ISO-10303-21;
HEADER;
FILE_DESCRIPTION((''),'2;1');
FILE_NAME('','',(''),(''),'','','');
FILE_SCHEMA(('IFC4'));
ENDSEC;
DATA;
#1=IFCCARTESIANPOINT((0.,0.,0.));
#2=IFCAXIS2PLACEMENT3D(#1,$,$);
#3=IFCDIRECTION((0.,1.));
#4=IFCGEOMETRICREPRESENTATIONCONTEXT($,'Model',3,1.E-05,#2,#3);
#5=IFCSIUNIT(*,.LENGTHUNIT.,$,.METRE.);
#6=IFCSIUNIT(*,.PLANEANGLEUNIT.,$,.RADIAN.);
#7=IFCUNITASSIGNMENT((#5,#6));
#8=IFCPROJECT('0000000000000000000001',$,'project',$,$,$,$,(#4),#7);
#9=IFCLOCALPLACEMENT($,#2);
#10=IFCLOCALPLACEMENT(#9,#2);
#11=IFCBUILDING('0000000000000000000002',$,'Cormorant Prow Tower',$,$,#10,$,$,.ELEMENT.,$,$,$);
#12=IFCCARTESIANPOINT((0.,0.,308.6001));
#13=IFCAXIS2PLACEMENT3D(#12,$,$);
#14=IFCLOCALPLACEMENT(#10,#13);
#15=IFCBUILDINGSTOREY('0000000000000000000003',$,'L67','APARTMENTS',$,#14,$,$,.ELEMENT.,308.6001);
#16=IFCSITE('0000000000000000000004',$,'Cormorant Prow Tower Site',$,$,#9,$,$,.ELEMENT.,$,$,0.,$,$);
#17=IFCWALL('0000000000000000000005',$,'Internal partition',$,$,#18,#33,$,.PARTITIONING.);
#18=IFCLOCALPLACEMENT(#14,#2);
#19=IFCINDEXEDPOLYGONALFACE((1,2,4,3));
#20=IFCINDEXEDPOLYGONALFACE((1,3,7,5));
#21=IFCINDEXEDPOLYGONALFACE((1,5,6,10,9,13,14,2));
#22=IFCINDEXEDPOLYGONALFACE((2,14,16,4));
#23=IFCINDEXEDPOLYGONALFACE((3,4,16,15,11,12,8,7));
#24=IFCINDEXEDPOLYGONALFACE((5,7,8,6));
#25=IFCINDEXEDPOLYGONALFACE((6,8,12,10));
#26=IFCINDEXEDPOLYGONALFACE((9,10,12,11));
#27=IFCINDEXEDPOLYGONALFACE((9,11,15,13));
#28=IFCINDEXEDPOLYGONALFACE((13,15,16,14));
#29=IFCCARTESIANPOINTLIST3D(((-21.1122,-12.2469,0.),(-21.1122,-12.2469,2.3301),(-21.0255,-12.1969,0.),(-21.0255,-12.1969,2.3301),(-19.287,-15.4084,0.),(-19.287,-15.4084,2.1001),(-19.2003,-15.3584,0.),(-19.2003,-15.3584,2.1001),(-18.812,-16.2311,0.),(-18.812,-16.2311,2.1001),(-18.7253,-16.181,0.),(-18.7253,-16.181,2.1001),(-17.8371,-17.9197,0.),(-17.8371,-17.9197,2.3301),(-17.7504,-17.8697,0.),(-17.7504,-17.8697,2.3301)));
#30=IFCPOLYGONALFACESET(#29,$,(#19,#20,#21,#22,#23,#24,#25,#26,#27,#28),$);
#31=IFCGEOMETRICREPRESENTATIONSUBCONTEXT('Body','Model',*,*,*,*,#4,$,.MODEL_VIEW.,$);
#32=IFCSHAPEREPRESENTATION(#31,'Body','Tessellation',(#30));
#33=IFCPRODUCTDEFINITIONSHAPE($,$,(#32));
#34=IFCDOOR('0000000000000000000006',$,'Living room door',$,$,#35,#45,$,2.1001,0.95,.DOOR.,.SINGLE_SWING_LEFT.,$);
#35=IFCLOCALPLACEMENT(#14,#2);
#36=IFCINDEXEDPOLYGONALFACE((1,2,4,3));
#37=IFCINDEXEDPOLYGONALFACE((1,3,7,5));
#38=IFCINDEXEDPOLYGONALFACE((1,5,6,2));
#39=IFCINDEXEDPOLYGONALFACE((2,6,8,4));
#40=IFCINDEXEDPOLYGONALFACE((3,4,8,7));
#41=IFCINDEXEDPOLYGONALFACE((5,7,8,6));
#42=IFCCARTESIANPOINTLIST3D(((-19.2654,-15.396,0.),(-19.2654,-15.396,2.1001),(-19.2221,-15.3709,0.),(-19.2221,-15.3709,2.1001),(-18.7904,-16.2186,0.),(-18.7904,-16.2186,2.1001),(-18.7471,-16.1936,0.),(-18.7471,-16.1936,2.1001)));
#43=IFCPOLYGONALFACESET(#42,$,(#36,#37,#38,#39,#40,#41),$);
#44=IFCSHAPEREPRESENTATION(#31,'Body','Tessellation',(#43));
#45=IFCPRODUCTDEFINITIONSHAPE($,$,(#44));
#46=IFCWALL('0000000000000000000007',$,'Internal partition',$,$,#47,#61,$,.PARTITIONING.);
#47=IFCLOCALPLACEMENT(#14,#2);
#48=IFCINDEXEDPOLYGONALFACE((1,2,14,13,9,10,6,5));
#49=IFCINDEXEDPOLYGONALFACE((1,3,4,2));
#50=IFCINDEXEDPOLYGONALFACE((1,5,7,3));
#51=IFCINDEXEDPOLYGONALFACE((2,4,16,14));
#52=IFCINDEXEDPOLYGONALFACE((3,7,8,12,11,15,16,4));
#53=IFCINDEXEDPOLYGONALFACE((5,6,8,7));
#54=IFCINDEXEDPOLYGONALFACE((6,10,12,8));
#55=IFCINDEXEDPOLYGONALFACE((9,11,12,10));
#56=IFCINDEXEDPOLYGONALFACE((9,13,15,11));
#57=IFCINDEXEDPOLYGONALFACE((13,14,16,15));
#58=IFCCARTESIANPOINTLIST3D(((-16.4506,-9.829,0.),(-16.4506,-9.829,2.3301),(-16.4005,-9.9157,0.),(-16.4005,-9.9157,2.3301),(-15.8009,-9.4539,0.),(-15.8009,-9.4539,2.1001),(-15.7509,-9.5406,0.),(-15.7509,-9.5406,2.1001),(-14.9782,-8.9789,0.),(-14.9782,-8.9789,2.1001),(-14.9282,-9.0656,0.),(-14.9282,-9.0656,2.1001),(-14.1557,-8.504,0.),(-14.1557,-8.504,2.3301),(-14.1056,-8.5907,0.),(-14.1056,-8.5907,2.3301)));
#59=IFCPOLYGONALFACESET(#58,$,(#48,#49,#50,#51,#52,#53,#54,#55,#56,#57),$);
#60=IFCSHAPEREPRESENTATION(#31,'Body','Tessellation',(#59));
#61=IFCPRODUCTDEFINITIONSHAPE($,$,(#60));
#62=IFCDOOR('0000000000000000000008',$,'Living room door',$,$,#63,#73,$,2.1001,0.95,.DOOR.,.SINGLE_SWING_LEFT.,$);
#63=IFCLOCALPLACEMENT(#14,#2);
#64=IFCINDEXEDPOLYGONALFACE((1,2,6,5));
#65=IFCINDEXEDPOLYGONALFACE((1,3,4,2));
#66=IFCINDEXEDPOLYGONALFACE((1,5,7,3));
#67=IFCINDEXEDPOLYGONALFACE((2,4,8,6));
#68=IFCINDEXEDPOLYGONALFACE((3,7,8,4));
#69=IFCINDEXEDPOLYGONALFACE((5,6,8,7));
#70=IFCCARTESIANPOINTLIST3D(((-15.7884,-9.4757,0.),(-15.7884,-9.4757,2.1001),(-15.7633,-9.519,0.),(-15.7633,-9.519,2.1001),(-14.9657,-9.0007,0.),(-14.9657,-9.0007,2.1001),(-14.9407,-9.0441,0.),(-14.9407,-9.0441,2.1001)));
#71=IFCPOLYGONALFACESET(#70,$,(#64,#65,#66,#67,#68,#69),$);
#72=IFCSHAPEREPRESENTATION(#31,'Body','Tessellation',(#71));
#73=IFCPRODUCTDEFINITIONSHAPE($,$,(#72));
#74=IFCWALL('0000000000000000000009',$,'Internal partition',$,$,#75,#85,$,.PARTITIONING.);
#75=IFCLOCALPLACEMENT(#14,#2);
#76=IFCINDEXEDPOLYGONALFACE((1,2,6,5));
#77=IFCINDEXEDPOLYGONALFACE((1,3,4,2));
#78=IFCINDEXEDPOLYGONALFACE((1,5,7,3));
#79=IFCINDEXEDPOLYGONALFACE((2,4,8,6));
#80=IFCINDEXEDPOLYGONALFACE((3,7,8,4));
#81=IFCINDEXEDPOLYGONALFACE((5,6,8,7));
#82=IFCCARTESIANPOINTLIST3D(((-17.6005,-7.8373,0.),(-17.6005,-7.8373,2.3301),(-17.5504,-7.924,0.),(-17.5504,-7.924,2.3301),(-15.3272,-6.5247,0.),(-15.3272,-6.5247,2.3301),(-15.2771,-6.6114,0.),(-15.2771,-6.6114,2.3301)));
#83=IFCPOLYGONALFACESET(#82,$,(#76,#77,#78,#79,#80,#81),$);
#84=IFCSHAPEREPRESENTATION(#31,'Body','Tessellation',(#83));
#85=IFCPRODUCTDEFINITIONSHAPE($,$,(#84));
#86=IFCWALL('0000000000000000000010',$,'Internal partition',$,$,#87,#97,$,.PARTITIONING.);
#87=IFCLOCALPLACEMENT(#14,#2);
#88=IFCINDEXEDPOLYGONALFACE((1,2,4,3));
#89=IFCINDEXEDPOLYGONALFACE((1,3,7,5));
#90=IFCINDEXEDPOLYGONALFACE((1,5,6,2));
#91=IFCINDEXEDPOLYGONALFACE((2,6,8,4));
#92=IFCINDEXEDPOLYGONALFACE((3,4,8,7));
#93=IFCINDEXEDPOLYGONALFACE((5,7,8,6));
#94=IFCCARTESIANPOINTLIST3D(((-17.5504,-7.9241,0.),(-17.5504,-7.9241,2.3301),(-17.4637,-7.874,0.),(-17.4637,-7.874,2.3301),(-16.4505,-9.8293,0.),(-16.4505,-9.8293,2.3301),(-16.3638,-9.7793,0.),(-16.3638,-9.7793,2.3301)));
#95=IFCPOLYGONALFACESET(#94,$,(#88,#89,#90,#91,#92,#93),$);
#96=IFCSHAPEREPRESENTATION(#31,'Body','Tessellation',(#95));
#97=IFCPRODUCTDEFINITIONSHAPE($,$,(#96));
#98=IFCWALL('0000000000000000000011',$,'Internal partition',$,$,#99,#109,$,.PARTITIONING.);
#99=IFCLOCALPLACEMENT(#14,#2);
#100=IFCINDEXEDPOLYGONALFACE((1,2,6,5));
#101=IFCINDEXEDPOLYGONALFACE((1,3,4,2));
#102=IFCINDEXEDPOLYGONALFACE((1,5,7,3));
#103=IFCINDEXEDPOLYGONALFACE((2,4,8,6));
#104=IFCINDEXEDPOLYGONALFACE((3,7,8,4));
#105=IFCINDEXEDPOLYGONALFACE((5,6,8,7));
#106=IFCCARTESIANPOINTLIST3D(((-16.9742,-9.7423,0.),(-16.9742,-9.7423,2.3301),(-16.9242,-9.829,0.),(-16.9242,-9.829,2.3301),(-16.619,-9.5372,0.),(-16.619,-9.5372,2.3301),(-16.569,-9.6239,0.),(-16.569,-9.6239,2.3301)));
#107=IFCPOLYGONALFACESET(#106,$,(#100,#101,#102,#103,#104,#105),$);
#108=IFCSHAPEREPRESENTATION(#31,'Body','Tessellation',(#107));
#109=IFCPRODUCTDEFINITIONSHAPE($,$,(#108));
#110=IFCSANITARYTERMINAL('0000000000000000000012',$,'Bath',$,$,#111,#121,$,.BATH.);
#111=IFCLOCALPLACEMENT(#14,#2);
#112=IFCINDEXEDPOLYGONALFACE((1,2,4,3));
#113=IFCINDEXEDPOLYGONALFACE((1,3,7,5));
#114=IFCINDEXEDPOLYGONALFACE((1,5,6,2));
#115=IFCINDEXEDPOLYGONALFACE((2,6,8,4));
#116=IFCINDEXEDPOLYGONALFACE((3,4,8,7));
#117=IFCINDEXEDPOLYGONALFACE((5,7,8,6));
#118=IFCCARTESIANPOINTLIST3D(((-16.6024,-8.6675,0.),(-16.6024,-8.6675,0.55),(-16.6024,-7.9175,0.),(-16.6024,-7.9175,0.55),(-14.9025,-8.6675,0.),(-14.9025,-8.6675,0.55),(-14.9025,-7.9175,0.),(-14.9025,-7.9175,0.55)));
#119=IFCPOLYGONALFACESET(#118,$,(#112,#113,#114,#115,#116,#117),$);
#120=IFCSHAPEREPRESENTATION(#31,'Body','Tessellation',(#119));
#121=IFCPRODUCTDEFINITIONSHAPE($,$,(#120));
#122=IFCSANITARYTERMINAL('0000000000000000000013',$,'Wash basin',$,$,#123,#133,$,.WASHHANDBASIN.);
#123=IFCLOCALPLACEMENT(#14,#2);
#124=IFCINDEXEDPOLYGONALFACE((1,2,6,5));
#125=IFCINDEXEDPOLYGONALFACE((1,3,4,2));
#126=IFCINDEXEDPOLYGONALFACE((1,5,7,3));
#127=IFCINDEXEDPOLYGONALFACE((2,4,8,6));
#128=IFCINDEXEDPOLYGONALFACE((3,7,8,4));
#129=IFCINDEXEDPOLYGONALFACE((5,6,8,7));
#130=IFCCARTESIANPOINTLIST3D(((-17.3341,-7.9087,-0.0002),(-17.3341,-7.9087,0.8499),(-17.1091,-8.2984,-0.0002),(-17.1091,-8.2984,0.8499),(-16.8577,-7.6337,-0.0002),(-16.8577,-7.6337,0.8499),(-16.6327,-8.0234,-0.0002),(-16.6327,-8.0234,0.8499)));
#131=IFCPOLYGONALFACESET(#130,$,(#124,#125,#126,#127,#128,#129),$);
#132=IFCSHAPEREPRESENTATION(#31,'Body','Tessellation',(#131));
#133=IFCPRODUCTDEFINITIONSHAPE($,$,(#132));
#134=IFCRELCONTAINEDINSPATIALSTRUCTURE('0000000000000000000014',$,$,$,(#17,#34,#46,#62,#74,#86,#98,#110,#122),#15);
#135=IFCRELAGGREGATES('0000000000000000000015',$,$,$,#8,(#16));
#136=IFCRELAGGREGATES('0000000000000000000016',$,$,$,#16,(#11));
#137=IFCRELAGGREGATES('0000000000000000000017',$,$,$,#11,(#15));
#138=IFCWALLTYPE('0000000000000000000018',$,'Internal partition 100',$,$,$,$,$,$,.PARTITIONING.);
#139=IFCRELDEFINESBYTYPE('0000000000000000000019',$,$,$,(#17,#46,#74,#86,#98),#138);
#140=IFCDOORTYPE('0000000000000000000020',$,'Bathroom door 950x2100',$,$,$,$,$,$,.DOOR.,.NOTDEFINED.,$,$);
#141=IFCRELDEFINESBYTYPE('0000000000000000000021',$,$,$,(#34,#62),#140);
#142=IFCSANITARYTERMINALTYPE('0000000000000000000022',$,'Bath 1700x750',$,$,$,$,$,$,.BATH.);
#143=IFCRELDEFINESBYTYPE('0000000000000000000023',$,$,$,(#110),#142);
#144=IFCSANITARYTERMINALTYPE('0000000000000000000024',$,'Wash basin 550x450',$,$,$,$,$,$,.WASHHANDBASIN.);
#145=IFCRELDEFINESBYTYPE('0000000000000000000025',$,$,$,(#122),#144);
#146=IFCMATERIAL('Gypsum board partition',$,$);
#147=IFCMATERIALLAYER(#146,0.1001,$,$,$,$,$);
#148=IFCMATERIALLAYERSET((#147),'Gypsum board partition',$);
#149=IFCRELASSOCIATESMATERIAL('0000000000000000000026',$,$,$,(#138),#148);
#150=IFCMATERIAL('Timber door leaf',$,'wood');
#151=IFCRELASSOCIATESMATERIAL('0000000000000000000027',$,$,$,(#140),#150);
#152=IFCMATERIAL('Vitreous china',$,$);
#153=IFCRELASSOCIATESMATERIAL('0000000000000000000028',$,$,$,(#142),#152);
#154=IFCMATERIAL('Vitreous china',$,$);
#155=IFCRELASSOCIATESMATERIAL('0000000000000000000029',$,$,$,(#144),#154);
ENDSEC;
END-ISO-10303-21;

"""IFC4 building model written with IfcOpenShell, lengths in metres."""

from ifc_helpers import new_model, si_unit, direction, frame, frame_2d, origin, origin_2d, place, context, subcontext, project, spatial, rectangle, extrude, material, layer, layer_set, type_object, element, fill, save


model = new_model("IFC4")

# Units and contexts
model_context = context("Model", 3, precision=1e-05, world=origin(), true_north=direction((0.0, 1.0)))
body_context = subcontext(model_context, "Body", "Model", "MODEL_VIEW")
ifc_project = project(units=[si_unit("LENGTHUNIT", "METRE"), si_unit("PLANEANGLEUNIT", "RADIAN")], contexts=[model_context])

# Site, building, storey
site_placement = place(None, origin())
site = spatial("IfcSite", under=ifc_project, at=site_placement, Name="Cormorant Prow Tower Site", CompositionType="ELEMENT", RefElevation=0.0)
building_placement = place(site_placement, origin())
building = spatial("IfcBuilding", under=site, at=building_placement, Name="Cormorant Prow Tower", CompositionType="ELEMENT")
storey_placement = place(building_placement, frame((0.0, 0.0, 308.6001)))
storey = spatial("IfcBuildingStorey", under=building, at=storey_placement, Name="L67", Description="APARTMENTS", CompositionType="ELEMENT", Elevation=308.6001)

# Walls, openings, doors
ifc_material_1 = material(Name="Gypsum board partition")
ifc_layer = layer(ifc_material_1, 0.1001)
ifc_layer_set = layer_set([ifc_layer], Name="Gypsum board partition")
wall_type = type_object("IfcWallType", Name="Internal partition 100", PredefinedType="PARTITIONING", material=ifc_layer_set)
ifc_material_2 = material(Name="Timber door leaf", Category="wood")
door_type = type_object("IfcDoorType", Name="Bathroom door 950x2100", OperationType="NOTDEFINED", PredefinedType="DOOR", material=ifc_material_2)
wall_1_placement = place(storey_placement, frame((-21.0688, -12.2219, 0.0), z_axis=(0.0, 0.0, 1.0), x_axis=(0.499991, -0.86603, 0.0)))
wall_1 = element("IfcWall", 1, at=wall_1_placement, inside=storey, type_object=wall_type, Name="Internal partition", PredefinedType="PARTITIONING", context=body_context, shape_type="SweptSolid", body=[
    extrude(rectangle(XDim=6.5503, YDim=0.1001, at=frame_2d((3.2751, 0.0))), origin(), (0.0, 0.0, 1.0), 2.3301),
])
opening_1_placement = place(wall_1_placement, frame((3.6504, 0.0, 0.0)))
opening_1 = element("IfcOpeningElement", 2, at=opening_1_placement, cuts=wall_1, PredefinedType="OPENING", context=body_context, shape_type="SweptSolid", body=[
    extrude(rectangle(XDim=0.95, YDim=2.1001, at=frame_2d((0.4751, 1.05))), frame((0.0, 0.0601, 0.0), z_axis=(0.0, -1.0, 0.0), x_axis=(1.0, 0.0, 0.0)), (0.0, 0.0, 1.0), 0.1201),
])
door_1_placement = place(opening_1_placement, origin())
door_1 = element("IfcDoor", 3, at=door_1_placement, inside=storey, type_object=door_type, Name="Living room door", OperationType="SINGLE_SWING_LEFT", OverallHeight=2.1001, OverallWidth=0.95, PredefinedType="DOOR", context=body_context, shape_type="SweptSolid", body=[
    extrude(rectangle(XDim=0.95, YDim=2.1001, at=frame_2d((0.4751, 1.05))), frame((0.0, 0.0249, 0.0), z_axis=(0.0, -1.0, 0.0), x_axis=(1.0, 0.0, 0.0)), (0.0, 0.0, 1.0), 0.05),
])
fill(opening_1, door_1)
wall_2_placement = place(storey_placement, frame((-16.4255, -9.8723, 0.0), z_axis=(0.0, 0.0, 1.0), x_axis=(0.866029, 0.499994, 0.0)))
wall_2 = element("IfcWall", 4, at=wall_2_placement, inside=storey, type_object=wall_type, Name="Internal partition", PredefinedType="PARTITIONING", context=body_context, shape_type="SweptSolid", body=[
    extrude(rectangle(XDim=2.6499, YDim=0.1001, at=frame_2d((1.325, 0.0))), origin(), (0.0, 0.0, 1.0), 2.3301),
])
opening_2_placement = place(wall_2_placement, frame((0.75, 0.0, 0.0)))
opening_2 = element("IfcOpeningElement", 5, at=opening_2_placement, cuts=wall_2, PredefinedType="OPENING", context=body_context, shape_type="SweptSolid", body=[
    extrude(rectangle(XDim=0.95, YDim=2.1001, at=frame_2d((0.4751, 1.05))), frame((0.0, 0.0601, 0.0), z_axis=(0.0, -1.0, 0.0), x_axis=(1.0, 0.0, 0.0)), (0.0, 0.0, 1.0), 0.1201),
])
door_2_placement = place(opening_2_placement, origin())
door_2 = element("IfcDoor", 6, at=door_2_placement, inside=storey, type_object=door_type, Name="Living room door", OperationType="SINGLE_SWING_LEFT", OverallHeight=2.1001, OverallWidth=0.95, PredefinedType="DOOR", context=body_context, shape_type="SweptSolid", body=[
    extrude(rectangle(XDim=0.95, YDim=2.1001, at=frame_2d((0.4751, 1.05))), frame((0.0, 0.0249, 0.0), z_axis=(0.0, -1.0, 0.0), x_axis=(1.0, 0.0, 0.0)), (0.0, 0.0, 1.0), 0.05),
])
fill(opening_2, door_2)

# Walls
wall_3_placement = place(storey_placement, frame((-17.5754, -7.8806, 0.0), z_axis=(0.0, 0.0, 1.0), x_axis=(0.866014, 0.50002, 0.0)))
element("IfcWall", 7, at=wall_3_placement, inside=storey, type_object=wall_type, Name="Internal partition", PredefinedType="PARTITIONING", context=body_context, shape_type="SweptSolid", body=[
    extrude(rectangle(XDim=2.625, YDim=0.1001, at=frame_2d((1.3125, 0.0))), origin(), (0.0, 0.0, 1.0), 2.3301),
])
wall_4_placement = place(storey_placement, frame((-17.5071, -7.8989, 0.0), z_axis=(0.0, 0.0, 1.0), x_axis=(0.499947, -0.866056, 0.0)))
element("IfcWall", 8, at=wall_4_placement, inside=storey, type_object=wall_type, Name="Internal partition", PredefinedType="PARTITIONING", context=body_context, shape_type="SweptSolid", body=[
    extrude(rectangle(XDim=2.2, YDim=0.1001, at=frame_2d((1.1001, 0.0))), origin(), (0.0, 0.0, 1.0), 2.3301),
])
wall_5_placement = place(storey_placement, frame((-16.9492, -9.7856, 0.0), z_axis=(0.0, 0.0, 1.0), x_axis=(0.866037, 0.49998, 0.0)))
element("IfcWall", 9, at=wall_5_placement, inside=storey, type_object=wall_type, Name="Internal partition", PredefinedType="PARTITIONING", context=body_context, shape_type="SweptSolid", body=[
    extrude(rectangle(XDim=0.4102, YDim=0.1001, at=frame_2d((0.2051, 0.0))), origin(), (0.0, 0.0, 1.0), 2.3301),
])

# Sanitary terminals
ifc_material_3 = material(Name="Vitreous china")
sanitary_terminal_type_1 = type_object("IfcSanitaryTerminalType", Name="Bath 1700x750", PredefinedType="BATH", material=ifc_material_3)
sanitary_terminal_1_placement = place(storey_placement, frame((-15.7524, -8.2925, 0.0), z_axis=(0.0, 0.0, 1.0), x_axis=(1.0, 0.0, 0.0)))
element("IfcSanitaryTerminal", 10, at=sanitary_terminal_1_placement, inside=storey, type_object=sanitary_terminal_type_1, Name="Bath", PredefinedType="BATH", context=body_context, shape_type="SweptSolid", body=[
    extrude(rectangle(XDim=1.7, YDim=0.75, at=origin_2d()), origin(), (0.0, 0.0, 1.0), 0.55),
])
ifc_material_4 = material(Name="Vitreous china")
sanitary_terminal_type_2 = type_object("IfcSanitaryTerminalType", Name="Wash basin 550x450", PredefinedType="WASHHANDBASIN", material=ifc_material_4)
sanitary_terminal_2_placement = place(storey_placement, frame((-16.9834, -7.9661, -0.0002), z_axis=(0.0, 0.0, 1.0), x_axis=(0.866025, 0.5, 0.0)))
element("IfcSanitaryTerminal", 11, at=sanitary_terminal_2_placement, inside=storey, type_object=sanitary_terminal_type_2, Name="Wash basin", PredefinedType="WASHHANDBASIN", context=body_context, shape_type="SweptSolid", body=[
    extrude(rectangle(XDim=0.55, YDim=0.45, at=origin_2d()), origin(), (0.0, 0.0, 1.0), 0.8501),
])

save(model, "model.ifc")
